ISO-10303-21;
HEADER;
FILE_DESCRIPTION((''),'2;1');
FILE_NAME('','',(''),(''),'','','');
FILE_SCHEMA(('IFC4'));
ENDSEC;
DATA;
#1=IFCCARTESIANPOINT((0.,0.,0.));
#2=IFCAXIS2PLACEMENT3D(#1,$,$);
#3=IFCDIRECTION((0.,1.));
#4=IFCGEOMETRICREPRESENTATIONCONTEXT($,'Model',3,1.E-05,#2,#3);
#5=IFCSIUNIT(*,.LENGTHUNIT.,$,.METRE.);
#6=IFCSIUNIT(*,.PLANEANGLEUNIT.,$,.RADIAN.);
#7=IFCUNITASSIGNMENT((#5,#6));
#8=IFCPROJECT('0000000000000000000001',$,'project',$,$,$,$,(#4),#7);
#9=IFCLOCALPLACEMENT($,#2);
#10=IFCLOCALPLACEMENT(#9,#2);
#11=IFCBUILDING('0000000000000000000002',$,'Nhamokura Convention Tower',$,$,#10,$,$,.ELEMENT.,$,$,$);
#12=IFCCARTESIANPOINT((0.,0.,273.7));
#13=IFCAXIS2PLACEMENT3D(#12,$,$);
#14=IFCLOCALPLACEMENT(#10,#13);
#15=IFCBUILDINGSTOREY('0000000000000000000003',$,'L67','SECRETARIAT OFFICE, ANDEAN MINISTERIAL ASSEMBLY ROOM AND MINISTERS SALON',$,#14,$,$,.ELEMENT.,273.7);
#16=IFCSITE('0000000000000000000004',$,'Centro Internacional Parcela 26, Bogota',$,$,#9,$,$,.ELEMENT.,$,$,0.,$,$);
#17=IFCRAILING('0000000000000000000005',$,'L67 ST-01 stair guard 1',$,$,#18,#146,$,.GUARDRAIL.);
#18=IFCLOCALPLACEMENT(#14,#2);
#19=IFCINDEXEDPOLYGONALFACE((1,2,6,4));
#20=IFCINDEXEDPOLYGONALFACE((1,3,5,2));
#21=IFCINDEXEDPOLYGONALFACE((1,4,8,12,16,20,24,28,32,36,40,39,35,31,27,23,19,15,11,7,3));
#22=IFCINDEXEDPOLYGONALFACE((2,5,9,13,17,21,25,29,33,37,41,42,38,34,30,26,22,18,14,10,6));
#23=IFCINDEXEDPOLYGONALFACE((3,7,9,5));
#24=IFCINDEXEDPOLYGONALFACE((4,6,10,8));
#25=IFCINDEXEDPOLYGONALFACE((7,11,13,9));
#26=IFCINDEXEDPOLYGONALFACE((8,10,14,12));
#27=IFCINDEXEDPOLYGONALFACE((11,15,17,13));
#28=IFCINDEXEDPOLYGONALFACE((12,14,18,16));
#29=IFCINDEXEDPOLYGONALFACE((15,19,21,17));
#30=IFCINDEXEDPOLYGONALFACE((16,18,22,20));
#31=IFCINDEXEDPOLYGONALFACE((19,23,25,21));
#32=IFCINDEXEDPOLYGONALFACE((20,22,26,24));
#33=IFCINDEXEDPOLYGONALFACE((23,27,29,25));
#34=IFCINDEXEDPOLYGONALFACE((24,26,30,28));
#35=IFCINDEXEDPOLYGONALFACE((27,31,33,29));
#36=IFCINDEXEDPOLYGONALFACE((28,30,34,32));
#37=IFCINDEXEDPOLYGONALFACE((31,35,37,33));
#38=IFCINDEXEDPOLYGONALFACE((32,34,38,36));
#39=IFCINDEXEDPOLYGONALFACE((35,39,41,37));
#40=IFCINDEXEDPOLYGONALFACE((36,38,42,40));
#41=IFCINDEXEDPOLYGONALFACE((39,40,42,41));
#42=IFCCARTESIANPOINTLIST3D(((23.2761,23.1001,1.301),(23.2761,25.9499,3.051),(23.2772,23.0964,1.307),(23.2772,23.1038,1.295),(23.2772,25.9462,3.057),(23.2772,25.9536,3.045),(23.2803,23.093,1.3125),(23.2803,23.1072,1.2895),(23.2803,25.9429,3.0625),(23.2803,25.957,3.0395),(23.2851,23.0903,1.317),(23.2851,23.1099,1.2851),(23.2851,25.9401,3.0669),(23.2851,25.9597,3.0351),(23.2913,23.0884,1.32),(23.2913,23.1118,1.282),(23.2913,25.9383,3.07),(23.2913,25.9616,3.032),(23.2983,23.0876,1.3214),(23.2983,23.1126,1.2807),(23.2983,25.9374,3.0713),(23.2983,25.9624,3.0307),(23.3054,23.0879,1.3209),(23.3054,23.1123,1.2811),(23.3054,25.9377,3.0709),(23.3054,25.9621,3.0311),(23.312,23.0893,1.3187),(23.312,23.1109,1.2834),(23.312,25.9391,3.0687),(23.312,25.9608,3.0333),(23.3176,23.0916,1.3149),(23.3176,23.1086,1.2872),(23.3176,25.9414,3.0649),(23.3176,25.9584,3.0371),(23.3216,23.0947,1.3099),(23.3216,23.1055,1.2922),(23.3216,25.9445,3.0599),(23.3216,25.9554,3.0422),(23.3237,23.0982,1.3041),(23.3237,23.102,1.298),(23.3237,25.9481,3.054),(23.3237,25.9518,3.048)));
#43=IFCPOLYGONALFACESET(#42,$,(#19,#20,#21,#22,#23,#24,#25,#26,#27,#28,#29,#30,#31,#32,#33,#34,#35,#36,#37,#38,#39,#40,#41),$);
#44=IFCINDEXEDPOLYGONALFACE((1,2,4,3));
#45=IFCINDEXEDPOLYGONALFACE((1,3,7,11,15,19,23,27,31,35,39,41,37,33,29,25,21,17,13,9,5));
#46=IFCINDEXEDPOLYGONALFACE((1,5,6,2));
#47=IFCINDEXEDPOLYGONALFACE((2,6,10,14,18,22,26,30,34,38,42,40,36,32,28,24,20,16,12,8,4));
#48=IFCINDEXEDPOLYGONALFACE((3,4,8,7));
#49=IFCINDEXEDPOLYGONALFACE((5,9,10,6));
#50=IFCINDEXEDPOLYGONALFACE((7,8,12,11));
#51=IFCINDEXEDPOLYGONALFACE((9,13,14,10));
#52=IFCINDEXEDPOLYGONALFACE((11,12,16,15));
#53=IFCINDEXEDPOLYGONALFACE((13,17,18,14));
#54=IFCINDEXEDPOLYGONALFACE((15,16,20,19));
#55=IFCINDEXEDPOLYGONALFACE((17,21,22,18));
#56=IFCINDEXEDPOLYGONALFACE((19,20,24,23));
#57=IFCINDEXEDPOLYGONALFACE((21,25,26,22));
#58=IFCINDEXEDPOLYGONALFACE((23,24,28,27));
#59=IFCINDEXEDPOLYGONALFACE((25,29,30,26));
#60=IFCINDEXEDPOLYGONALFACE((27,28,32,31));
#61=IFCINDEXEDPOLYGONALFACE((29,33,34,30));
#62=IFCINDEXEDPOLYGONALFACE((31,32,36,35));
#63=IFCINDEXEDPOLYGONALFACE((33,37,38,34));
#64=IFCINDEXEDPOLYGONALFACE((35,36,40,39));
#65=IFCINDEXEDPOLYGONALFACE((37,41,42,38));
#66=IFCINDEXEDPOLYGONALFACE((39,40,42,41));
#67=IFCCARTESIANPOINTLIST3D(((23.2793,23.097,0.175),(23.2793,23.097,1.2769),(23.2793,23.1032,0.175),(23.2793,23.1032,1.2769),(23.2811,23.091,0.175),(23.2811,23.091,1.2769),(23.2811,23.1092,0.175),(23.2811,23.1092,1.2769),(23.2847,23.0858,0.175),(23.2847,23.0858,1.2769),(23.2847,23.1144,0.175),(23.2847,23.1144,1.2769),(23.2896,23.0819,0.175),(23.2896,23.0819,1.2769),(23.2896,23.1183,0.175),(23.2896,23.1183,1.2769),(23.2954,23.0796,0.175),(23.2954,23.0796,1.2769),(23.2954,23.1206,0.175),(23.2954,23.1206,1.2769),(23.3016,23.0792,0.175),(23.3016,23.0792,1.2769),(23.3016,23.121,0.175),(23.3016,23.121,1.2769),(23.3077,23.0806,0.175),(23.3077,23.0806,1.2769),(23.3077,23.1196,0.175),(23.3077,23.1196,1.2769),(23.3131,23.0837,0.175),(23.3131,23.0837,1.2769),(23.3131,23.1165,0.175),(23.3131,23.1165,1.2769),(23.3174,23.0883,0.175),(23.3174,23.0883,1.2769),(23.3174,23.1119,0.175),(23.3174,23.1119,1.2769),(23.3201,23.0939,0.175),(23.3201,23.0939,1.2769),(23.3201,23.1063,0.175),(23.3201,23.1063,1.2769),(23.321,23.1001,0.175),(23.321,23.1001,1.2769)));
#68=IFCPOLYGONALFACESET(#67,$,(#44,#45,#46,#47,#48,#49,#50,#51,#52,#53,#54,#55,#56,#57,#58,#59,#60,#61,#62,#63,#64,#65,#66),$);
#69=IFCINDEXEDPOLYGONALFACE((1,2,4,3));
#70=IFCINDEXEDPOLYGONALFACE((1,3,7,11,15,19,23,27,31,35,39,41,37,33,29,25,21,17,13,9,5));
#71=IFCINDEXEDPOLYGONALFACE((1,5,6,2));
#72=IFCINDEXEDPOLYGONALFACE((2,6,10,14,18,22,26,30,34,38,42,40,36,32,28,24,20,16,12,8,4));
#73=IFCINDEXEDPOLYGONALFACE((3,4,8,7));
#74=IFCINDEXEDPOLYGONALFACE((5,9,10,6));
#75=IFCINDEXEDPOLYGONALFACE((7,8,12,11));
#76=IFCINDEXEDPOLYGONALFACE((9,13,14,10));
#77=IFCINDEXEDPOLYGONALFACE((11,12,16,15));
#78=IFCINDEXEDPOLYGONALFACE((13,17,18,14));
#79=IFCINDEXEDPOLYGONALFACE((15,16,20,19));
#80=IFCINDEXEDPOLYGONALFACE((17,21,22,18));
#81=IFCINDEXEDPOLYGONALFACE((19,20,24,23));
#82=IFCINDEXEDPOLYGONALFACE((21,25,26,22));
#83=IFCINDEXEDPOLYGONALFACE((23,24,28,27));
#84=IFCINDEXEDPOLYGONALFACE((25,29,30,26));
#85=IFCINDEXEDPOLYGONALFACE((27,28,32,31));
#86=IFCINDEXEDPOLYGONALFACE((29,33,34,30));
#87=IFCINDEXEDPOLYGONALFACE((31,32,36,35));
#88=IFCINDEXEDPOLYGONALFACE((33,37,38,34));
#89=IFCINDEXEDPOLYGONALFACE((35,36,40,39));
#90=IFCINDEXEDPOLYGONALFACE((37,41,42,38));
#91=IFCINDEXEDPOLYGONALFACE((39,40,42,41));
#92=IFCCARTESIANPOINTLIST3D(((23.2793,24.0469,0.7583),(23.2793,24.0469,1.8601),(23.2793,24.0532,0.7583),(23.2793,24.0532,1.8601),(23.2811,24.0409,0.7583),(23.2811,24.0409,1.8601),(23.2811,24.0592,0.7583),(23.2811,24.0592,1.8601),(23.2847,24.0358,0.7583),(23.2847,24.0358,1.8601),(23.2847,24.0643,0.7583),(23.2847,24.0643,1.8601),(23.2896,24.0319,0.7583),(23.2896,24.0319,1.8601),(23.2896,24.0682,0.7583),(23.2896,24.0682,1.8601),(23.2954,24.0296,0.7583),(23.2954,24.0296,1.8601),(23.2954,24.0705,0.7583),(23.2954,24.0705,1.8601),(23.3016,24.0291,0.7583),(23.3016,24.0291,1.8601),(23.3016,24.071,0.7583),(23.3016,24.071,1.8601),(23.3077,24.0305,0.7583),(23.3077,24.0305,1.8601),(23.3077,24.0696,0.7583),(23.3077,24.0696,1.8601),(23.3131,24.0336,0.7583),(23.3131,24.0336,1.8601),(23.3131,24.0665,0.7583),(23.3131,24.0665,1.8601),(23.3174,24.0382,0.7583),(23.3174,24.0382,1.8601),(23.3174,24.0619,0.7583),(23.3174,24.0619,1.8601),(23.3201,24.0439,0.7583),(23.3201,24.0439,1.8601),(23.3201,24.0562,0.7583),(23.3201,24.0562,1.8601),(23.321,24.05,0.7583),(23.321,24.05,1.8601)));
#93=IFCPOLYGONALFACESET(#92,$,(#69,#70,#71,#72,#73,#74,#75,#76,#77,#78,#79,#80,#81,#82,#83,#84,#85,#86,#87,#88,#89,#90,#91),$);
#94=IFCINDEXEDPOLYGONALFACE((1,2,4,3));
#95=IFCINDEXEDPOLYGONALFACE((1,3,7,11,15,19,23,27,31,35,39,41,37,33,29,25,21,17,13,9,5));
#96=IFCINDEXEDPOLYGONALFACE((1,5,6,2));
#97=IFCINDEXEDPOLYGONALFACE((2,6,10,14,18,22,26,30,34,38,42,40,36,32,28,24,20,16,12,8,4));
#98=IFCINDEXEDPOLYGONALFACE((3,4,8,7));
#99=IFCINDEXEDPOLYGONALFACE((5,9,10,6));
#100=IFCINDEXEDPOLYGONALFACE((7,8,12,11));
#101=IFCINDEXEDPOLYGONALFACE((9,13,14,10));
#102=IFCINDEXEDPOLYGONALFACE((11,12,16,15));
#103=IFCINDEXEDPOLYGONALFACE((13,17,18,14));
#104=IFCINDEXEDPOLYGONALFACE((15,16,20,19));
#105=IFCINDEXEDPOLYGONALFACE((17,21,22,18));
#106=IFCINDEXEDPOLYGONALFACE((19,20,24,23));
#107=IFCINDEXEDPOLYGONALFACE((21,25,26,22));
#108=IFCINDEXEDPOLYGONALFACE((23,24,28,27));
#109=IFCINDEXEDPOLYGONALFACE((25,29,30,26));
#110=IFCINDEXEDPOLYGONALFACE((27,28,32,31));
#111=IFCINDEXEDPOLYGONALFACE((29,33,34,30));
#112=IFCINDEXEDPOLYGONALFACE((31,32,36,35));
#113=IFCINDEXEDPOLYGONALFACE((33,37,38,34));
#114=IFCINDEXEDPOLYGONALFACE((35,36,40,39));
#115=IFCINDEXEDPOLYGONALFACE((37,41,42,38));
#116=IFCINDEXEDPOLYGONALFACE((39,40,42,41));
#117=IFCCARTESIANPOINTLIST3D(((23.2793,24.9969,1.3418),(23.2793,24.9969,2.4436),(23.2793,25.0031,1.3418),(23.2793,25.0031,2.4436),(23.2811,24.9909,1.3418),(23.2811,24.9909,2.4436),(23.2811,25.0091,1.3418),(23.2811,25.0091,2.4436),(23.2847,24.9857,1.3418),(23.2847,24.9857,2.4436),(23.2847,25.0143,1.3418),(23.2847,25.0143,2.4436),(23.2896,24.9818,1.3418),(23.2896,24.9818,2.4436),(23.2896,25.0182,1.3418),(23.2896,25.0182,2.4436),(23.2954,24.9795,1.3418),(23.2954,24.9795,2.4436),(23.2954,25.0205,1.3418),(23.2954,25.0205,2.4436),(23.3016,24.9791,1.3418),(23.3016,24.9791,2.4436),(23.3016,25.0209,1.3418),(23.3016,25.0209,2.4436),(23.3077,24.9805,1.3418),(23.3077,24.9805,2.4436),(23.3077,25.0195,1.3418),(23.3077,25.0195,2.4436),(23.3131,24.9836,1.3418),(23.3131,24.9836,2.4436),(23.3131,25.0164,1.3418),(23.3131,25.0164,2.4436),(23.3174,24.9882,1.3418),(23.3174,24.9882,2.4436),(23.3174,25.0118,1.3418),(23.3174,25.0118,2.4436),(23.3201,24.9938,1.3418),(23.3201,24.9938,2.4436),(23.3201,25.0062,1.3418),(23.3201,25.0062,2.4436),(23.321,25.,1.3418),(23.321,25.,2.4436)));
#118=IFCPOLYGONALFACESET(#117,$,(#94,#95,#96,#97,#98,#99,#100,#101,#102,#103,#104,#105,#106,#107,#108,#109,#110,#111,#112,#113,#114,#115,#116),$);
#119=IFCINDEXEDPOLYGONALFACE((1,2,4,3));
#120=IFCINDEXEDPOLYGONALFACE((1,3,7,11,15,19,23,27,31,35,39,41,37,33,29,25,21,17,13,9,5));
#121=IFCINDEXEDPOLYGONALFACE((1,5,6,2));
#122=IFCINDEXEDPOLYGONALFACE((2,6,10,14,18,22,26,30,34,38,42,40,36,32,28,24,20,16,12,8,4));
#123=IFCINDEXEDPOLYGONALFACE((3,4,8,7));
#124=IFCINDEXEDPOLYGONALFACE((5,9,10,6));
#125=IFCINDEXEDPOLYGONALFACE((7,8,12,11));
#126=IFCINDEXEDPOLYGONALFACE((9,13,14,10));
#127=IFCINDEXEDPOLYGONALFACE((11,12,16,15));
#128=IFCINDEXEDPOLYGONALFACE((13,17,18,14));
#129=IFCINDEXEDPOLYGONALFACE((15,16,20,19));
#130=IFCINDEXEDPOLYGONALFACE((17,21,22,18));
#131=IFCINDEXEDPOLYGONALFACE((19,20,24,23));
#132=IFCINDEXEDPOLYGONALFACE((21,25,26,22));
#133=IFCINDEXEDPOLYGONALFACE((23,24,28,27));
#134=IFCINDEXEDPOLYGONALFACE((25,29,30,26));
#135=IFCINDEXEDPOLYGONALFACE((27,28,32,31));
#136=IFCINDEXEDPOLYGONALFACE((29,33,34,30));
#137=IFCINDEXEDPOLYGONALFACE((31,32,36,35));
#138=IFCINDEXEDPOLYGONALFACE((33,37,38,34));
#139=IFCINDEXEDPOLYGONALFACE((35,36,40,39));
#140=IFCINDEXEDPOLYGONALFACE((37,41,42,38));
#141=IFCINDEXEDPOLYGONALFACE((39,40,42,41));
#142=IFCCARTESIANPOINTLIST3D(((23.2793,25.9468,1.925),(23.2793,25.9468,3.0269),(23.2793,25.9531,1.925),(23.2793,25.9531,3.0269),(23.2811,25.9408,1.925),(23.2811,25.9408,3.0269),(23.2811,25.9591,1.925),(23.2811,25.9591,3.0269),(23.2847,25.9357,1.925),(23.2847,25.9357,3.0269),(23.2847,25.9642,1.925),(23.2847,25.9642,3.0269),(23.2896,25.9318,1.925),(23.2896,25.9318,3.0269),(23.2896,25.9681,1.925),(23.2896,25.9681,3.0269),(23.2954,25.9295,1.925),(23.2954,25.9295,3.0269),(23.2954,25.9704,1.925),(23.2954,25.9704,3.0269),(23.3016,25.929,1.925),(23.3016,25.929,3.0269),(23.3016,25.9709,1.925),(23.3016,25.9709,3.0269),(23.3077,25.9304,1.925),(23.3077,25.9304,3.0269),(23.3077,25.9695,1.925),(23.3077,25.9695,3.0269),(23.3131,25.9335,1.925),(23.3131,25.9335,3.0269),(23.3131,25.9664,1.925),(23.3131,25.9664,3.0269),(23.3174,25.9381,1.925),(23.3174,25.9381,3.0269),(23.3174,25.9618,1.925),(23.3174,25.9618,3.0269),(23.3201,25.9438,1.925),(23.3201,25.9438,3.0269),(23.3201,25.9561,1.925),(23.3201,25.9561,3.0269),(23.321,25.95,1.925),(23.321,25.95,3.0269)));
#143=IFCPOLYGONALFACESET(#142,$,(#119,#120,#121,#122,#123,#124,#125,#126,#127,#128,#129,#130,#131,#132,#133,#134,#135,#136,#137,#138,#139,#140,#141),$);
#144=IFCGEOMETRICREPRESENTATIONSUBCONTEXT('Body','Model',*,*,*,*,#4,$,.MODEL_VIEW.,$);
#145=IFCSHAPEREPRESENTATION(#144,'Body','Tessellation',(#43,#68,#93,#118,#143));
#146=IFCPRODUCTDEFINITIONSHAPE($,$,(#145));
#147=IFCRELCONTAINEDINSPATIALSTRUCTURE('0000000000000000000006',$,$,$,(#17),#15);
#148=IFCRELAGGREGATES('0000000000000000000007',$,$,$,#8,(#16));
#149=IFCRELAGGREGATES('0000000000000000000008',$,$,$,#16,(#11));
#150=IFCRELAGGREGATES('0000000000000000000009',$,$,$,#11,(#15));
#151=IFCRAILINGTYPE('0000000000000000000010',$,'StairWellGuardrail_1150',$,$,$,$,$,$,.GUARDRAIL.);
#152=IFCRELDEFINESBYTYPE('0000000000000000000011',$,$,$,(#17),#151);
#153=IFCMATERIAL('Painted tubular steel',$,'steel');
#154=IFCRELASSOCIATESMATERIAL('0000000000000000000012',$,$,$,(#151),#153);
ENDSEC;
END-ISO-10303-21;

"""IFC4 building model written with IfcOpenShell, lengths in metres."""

from ifc_helpers import new_model, si_unit, direction, frame, origin, origin_2d, place, context, subcontext, project, spatial, circle, extrude, material, type_object, element, save


model = new_model("IFC4")

# Units and contexts
model_context = context("Model", 3, precision=1e-05, world=origin(), true_north=direction((0.0, 1.0)))
body_context = subcontext(model_context, "Body", "Model", "MODEL_VIEW")
ifc_project = project(units=[si_unit("LENGTHUNIT", "METRE"), si_unit("PLANEANGLEUNIT", "RADIAN")], contexts=[model_context])

# Site, building, storey
site_placement = place(None, origin())
site = spatial("IfcSite", under=ifc_project, at=site_placement, Name="Centro Internacional Parcela 26, Bogota", CompositionType="ELEMENT", RefElevation=0.0)
building_placement = place(site_placement, origin())
building = spatial("IfcBuilding", under=site, at=building_placement, Name="Nhamokura Convention Tower", CompositionType="ELEMENT")
storey_placement = place(building_placement, frame((0.0, 0.0, 273.7)))
storey = spatial("IfcBuildingStorey", under=building, at=storey_placement, Name="L67", Description="SECRETARIAT OFFICE, ANDEAN MINISTERIAL ASSEMBLY ROOM AND MINISTERS SALON", CompositionType="ELEMENT", Elevation=273.7)

# Railing
ifc_material_1 = material(Name="Painted tubular steel", Category="steel")
railing_type_1 = type_object("IfcRailingType", Name="StairWellGuardrail_1150", PredefinedType="GUARDRAIL", material=ifc_material_1)
railing_1_placement = place(storey_placement, frame((23.3, 23.1001, 0.175)))
element("IfcRailing", 1, at=railing_1_placement, inside=storey, type_object=railing_type_1, Name="L67 ST-01 stair guard 1", PredefinedType="GUARDRAIL", context=body_context, shape_type="SweptSolid", body=[
    extrude(circle(Radius=0.0239, at=origin_2d()), frame((0.0, 0.0, 1.126), z_axis=(0.0, 0.852159, 0.523283), x_axis=(-1.0, 0.0, 0.0)), (0.0, 0.0, 1.0), 3.3442),
    extrude(circle(Radius=0.021, at=origin_2d()), origin(), (0.0, 0.0, 1.0), 1.1018),
    extrude(circle(Radius=0.021, at=origin_2d()), frame((0.0, 0.95, 0.5833)), (0.0, 0.0, 1.0), 1.1018),
    extrude(circle(Radius=0.021, at=origin_2d()), frame((0.0, 1.8999, 1.1667)), (0.0, 0.0, 1.0), 1.1018),
    extrude(circle(Radius=0.021, at=origin_2d()), frame((0.0, 2.8499, 1.75)), (0.0, 0.0, 1.0), 1.1018),
])

save(model, "model.ifc")
